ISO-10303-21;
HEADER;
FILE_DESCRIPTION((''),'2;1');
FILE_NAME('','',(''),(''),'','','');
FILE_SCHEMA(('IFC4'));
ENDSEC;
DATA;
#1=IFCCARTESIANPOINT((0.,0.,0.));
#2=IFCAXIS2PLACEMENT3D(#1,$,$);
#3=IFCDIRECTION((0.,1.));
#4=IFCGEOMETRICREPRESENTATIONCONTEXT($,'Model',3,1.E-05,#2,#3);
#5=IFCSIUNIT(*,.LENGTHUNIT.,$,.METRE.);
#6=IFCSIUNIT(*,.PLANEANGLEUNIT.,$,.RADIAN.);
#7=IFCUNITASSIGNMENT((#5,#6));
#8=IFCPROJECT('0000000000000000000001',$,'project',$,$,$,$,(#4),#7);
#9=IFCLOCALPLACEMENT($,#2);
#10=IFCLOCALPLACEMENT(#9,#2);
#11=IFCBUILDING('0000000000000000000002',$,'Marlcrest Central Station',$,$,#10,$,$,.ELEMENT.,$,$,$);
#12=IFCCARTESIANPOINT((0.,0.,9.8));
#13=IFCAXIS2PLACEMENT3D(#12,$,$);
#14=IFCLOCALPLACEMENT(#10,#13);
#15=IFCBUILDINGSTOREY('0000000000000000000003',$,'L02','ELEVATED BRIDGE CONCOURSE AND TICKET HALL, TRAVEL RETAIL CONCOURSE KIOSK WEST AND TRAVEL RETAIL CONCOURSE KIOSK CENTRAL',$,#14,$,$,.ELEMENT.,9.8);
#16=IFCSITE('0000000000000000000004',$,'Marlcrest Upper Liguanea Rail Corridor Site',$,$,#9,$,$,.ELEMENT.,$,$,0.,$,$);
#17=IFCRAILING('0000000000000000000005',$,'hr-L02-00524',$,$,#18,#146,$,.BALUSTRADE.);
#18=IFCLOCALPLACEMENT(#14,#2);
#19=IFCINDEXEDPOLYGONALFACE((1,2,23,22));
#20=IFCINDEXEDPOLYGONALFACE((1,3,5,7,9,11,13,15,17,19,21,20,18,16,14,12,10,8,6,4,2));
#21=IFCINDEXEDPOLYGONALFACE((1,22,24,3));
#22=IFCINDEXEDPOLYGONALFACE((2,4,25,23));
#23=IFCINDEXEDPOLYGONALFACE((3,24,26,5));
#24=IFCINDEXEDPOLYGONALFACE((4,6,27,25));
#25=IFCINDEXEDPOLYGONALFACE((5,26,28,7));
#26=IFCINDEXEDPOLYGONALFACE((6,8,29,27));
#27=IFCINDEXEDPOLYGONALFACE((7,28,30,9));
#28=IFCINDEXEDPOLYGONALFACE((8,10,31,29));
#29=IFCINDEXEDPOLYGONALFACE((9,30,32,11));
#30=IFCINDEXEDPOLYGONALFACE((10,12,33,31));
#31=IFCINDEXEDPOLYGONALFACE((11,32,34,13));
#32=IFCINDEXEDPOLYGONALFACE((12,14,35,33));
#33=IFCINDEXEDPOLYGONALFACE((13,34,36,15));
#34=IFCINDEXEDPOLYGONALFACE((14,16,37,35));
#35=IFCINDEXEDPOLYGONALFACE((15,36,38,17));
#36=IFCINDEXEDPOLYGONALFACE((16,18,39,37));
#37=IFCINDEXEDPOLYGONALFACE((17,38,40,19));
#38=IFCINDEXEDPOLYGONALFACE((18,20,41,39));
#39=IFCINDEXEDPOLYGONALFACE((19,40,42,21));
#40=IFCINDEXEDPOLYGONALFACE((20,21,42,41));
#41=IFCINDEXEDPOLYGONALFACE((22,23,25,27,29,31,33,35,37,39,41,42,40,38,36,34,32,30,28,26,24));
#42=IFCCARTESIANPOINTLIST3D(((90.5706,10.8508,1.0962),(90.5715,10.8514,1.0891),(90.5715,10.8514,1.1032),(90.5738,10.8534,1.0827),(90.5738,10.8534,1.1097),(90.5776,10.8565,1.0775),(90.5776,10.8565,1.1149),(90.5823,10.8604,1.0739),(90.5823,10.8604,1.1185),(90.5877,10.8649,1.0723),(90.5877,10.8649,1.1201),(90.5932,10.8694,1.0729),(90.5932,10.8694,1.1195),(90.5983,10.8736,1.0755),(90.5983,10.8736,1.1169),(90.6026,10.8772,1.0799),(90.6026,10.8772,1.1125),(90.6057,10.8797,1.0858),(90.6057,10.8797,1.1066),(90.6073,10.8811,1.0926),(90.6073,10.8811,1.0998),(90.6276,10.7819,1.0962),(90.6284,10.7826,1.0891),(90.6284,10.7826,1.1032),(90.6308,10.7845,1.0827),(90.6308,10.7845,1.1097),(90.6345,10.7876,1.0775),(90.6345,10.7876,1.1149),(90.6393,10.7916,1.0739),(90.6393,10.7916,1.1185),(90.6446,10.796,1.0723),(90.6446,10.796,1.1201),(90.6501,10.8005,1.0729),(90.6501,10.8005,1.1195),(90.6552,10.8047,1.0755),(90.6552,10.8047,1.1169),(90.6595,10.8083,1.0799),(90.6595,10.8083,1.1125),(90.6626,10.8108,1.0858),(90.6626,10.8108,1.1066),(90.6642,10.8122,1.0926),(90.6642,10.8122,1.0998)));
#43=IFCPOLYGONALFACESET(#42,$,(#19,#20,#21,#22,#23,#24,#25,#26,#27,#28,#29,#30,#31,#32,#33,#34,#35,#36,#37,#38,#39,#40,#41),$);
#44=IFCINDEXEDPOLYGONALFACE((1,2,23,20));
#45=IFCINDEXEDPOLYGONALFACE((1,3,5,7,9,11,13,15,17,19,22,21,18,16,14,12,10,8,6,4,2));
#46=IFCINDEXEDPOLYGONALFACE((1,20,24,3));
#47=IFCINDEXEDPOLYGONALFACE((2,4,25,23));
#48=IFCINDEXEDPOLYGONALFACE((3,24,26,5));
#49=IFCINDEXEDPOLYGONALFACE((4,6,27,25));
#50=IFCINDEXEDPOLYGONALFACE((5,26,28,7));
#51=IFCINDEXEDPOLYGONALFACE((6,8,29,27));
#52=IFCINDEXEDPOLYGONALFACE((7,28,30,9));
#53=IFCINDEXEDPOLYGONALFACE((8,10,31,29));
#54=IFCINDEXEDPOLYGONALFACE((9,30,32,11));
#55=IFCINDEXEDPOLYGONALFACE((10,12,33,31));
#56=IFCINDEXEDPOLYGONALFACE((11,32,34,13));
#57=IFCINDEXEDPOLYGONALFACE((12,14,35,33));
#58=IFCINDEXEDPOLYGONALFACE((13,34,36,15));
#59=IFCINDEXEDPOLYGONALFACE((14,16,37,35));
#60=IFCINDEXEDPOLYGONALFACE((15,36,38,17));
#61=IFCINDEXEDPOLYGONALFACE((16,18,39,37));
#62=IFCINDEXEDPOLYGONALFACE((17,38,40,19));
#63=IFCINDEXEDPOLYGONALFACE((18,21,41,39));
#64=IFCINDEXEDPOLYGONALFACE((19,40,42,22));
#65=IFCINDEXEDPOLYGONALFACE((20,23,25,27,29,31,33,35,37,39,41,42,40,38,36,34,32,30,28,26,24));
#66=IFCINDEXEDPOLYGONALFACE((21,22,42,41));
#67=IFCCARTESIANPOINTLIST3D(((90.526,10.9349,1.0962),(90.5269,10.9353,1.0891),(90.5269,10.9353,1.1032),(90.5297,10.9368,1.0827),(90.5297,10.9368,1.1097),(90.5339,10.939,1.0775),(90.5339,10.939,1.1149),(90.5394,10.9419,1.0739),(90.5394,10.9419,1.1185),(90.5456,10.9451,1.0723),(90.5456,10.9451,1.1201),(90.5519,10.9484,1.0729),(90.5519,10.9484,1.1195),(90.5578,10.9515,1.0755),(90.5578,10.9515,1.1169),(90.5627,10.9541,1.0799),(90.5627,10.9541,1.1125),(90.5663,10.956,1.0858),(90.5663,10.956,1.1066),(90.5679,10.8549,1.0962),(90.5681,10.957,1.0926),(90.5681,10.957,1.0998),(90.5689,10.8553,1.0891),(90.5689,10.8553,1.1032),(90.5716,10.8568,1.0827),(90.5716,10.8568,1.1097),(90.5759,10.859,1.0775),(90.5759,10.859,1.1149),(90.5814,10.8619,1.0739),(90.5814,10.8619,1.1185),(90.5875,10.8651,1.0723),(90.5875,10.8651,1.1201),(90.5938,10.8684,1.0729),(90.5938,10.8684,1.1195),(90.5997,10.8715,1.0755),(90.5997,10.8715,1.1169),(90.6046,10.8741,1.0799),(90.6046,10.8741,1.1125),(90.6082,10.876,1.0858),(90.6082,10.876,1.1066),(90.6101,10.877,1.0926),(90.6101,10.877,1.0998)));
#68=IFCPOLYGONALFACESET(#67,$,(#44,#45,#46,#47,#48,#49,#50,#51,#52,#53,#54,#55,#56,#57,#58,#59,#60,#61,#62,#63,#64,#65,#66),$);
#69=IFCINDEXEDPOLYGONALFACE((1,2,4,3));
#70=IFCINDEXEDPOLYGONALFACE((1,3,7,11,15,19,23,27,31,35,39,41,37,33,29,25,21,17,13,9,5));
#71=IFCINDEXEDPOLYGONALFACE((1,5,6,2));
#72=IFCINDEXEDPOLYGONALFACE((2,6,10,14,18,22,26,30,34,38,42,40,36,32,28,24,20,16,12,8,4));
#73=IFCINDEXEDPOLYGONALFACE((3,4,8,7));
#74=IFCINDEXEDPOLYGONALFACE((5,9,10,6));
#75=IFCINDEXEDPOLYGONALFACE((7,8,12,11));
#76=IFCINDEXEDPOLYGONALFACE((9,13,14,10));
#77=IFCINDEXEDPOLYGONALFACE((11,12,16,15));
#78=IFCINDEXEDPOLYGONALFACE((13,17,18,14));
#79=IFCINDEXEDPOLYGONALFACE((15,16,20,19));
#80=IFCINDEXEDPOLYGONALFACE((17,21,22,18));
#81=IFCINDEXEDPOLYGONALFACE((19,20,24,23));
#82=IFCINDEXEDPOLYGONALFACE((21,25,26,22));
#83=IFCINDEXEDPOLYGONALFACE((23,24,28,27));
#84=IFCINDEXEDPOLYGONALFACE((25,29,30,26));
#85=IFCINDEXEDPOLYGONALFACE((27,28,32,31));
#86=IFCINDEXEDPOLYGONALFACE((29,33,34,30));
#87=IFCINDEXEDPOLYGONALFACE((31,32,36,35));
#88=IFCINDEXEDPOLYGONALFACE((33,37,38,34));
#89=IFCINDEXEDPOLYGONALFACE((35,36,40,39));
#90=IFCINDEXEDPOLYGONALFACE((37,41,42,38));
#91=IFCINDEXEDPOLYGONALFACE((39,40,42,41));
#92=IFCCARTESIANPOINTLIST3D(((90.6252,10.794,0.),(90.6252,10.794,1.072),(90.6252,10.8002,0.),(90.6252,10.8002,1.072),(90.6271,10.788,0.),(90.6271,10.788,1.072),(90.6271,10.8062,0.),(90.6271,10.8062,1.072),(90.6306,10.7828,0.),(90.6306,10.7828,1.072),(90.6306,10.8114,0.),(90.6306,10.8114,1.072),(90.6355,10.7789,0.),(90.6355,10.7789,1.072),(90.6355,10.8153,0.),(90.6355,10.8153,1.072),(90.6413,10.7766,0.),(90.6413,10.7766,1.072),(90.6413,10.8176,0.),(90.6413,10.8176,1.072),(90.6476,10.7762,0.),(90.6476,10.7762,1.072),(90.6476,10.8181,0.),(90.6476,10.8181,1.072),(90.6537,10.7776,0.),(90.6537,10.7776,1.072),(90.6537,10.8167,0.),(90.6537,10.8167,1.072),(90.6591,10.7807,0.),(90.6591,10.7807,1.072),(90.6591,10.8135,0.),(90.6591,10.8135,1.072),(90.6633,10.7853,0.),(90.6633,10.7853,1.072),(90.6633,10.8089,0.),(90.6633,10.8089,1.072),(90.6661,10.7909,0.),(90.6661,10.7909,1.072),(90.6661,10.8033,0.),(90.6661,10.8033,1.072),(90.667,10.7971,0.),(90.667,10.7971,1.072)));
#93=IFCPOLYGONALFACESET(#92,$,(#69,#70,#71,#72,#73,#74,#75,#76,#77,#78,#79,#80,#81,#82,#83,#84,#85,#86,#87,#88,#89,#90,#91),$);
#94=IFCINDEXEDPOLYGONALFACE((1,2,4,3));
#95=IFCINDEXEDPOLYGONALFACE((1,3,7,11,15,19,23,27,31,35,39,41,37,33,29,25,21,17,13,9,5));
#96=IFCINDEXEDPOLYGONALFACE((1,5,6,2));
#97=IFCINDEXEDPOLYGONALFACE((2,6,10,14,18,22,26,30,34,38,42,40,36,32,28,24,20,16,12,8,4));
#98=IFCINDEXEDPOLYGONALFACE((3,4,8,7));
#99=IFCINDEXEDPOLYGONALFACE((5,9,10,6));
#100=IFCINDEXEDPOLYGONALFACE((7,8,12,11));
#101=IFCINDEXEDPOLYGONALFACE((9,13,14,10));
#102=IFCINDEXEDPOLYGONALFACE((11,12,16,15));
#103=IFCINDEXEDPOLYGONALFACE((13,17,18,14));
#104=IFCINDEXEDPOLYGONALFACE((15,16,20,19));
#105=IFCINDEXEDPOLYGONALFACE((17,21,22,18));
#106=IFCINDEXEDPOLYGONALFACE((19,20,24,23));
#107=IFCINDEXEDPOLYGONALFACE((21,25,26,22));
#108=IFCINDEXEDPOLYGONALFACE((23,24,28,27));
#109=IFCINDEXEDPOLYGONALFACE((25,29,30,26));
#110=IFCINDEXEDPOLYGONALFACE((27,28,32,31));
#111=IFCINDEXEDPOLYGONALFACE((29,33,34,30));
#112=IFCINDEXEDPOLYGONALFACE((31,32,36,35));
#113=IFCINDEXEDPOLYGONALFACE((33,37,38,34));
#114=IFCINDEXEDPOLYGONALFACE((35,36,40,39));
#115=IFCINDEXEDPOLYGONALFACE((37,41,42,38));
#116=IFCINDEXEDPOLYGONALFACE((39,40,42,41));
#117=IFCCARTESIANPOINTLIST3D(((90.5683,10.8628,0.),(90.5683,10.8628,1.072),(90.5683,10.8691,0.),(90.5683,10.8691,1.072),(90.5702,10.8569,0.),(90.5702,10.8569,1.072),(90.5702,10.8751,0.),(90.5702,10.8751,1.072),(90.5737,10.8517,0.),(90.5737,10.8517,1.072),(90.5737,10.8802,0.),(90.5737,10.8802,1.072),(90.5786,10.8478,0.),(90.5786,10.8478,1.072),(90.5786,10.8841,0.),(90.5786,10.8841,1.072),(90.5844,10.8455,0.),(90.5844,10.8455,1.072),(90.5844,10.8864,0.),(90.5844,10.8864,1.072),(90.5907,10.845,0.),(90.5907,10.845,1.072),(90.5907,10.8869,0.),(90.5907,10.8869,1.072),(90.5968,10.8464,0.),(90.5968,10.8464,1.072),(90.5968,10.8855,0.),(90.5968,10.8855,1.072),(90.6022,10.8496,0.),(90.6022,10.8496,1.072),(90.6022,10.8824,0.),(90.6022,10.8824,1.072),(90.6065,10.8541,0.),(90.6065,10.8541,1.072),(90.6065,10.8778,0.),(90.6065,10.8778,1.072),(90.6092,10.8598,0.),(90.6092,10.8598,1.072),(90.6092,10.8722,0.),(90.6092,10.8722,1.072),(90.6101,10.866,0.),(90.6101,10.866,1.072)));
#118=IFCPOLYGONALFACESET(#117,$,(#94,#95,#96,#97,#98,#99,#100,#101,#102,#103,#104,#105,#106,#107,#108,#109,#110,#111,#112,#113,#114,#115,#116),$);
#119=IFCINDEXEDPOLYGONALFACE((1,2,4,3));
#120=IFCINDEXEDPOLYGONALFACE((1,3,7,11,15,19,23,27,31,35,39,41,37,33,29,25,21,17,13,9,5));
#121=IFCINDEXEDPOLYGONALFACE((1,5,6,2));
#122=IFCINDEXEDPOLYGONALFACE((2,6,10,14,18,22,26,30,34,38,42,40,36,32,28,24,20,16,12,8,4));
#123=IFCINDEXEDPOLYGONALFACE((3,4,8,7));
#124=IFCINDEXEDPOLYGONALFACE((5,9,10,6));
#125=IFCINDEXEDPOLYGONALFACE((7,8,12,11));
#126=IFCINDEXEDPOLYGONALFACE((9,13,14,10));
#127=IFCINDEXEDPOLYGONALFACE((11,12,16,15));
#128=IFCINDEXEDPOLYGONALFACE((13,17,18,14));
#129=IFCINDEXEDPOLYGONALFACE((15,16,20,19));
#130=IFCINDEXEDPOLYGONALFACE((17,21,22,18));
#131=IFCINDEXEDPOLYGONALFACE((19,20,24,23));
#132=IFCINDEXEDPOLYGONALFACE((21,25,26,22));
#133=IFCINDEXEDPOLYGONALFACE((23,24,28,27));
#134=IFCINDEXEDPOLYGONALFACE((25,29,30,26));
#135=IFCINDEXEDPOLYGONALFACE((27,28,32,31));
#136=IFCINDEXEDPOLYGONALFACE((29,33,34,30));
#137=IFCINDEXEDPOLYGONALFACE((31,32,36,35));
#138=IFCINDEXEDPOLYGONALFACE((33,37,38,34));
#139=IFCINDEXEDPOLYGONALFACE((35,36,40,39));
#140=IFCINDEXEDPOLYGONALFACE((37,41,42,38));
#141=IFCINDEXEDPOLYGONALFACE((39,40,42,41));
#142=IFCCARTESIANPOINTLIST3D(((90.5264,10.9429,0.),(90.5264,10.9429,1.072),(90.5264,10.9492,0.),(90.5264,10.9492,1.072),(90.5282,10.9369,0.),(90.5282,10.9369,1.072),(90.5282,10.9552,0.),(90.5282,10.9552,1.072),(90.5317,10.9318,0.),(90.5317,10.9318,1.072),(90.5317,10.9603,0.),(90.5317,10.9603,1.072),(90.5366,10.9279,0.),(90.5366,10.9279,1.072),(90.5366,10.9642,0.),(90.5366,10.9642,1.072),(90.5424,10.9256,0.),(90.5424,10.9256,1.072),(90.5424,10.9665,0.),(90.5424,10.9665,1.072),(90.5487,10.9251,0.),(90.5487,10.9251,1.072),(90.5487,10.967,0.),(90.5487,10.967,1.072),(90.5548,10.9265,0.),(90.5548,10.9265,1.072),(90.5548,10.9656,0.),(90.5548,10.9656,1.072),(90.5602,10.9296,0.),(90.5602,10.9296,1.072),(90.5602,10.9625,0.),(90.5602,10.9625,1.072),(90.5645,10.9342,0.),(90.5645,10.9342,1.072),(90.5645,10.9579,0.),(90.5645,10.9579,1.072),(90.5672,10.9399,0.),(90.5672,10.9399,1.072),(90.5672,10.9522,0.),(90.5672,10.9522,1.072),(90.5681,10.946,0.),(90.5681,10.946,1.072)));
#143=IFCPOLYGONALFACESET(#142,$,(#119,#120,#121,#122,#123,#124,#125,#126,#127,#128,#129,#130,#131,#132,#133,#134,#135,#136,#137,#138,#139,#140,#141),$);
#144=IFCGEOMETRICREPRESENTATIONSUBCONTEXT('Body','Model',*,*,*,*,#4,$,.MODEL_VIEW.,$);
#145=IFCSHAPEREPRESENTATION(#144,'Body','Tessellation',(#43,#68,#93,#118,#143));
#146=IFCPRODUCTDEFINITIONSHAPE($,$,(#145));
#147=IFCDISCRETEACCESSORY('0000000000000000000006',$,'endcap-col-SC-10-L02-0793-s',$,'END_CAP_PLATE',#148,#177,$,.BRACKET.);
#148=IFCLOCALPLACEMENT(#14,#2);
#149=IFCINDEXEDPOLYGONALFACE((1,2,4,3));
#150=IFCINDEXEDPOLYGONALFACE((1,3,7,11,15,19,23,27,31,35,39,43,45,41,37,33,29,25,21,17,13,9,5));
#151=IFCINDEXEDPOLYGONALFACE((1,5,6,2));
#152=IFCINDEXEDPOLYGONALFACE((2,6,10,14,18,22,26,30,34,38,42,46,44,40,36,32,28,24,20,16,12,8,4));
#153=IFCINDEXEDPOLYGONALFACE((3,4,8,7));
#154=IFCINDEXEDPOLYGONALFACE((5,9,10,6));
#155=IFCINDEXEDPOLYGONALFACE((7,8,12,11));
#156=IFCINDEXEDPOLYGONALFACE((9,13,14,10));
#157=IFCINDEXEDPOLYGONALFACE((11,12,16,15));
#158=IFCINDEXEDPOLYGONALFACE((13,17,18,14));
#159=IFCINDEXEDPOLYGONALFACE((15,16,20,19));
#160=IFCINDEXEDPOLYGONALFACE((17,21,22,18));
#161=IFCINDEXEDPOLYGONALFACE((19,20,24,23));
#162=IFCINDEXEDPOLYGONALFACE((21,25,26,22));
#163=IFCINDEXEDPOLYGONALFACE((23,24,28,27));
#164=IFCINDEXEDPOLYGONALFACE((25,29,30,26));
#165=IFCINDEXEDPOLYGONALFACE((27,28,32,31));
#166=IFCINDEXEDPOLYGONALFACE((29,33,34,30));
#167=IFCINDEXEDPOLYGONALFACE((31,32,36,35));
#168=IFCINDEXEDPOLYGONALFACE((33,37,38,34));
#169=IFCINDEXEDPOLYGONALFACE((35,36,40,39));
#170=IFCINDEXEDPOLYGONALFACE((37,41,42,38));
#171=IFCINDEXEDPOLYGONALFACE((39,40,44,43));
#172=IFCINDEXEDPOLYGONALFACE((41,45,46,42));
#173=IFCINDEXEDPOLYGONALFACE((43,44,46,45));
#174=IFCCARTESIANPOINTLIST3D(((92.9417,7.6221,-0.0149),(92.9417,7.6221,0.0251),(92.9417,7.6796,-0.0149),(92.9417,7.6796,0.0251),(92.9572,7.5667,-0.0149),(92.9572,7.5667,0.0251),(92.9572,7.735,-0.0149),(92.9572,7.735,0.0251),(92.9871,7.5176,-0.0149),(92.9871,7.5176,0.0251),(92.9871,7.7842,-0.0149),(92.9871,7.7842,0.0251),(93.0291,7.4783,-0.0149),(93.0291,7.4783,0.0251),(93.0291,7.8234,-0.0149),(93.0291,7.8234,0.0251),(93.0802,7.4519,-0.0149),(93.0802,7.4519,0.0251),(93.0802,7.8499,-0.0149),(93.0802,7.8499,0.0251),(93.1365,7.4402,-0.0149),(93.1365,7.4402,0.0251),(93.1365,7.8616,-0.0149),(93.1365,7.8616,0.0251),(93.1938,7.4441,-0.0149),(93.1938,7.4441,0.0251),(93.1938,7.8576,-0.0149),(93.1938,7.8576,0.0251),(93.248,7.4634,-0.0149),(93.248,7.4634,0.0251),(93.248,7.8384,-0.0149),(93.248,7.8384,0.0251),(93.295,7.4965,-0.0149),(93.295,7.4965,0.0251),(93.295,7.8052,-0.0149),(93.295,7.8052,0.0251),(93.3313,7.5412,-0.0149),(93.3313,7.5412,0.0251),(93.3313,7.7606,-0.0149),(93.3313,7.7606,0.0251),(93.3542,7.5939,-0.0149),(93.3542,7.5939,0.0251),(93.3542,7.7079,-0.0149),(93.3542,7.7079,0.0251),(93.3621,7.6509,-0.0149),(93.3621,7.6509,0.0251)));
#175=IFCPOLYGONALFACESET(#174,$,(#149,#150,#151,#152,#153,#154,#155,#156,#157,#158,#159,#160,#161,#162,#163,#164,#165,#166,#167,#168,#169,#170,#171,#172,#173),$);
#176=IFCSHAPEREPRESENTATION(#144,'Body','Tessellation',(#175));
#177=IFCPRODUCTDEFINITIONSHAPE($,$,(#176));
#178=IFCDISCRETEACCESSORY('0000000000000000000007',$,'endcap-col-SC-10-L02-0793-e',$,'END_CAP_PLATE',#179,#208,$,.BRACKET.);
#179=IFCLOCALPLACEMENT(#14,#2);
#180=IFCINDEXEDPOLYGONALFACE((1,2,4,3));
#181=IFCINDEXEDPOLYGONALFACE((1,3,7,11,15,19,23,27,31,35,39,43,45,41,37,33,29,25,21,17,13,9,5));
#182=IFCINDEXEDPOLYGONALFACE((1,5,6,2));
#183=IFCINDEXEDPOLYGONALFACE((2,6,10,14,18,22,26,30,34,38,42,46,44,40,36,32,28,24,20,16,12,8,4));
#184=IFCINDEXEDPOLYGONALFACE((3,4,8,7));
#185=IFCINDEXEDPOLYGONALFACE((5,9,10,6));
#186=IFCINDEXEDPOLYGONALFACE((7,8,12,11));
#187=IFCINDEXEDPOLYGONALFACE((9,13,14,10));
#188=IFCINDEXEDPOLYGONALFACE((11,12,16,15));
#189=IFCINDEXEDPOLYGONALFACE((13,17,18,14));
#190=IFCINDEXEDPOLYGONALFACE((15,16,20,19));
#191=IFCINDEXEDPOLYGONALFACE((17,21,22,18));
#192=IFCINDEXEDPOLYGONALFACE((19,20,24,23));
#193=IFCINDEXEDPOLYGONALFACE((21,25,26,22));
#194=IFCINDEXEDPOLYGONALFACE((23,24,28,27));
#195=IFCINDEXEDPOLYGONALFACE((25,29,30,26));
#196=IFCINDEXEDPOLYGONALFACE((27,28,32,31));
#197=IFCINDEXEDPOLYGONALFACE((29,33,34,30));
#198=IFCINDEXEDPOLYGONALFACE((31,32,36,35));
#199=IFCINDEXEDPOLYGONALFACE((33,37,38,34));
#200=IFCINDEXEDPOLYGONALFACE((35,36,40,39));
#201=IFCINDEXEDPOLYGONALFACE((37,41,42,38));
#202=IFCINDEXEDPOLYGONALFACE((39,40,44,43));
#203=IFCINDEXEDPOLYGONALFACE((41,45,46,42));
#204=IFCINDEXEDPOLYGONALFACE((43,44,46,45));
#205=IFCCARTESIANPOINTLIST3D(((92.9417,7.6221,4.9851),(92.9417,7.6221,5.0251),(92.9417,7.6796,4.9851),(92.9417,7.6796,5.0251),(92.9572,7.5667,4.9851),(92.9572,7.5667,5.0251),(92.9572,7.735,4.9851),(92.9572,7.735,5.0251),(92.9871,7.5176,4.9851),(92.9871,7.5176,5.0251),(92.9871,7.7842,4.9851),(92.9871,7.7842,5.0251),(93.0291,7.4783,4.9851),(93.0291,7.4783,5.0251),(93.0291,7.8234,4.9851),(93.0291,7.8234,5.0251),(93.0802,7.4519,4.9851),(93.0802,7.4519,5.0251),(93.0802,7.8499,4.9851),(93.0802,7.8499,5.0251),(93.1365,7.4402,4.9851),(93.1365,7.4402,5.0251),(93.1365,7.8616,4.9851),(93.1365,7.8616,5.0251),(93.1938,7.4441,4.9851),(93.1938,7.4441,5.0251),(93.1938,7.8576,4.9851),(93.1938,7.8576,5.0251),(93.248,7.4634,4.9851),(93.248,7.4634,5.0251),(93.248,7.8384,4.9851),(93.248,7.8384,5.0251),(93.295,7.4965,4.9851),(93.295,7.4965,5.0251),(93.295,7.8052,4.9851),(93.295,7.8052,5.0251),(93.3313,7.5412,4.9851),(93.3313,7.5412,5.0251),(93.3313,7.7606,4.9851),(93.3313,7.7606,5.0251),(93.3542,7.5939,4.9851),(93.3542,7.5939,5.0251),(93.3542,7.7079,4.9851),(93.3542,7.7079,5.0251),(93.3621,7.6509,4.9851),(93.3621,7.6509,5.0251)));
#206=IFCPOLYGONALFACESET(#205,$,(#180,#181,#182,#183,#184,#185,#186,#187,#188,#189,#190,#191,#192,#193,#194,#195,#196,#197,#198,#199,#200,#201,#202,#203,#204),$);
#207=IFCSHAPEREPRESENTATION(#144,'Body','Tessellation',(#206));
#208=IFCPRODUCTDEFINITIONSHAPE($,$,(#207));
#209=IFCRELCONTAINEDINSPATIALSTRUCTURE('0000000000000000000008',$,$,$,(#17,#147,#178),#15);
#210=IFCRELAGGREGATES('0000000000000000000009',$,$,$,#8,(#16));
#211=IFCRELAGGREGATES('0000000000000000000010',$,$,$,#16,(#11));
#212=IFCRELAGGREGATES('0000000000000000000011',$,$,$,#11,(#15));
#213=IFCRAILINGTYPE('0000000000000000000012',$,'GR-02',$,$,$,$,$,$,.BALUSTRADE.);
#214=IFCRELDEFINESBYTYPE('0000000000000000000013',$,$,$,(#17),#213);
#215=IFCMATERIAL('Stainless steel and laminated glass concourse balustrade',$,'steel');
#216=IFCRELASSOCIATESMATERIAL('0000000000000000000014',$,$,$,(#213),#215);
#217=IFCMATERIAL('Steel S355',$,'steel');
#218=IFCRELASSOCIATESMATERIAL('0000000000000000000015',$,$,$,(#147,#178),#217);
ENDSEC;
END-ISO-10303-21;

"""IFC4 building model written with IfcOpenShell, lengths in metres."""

from ifc_helpers import new_model, si_unit, direction, frame, origin, origin_2d, place, context, subcontext, project, spatial, circle, extrude, material, type_object, element, save


model = new_model("IFC4")

# Units and contexts
model_context = context("Model", 3, precision=1e-05, world=origin(), true_north=direction((0.0, 1.0)))
body_context = subcontext(model_context, "Body", "Model", "MODEL_VIEW")
ifc_project = project(units=[si_unit("LENGTHUNIT", "METRE"), si_unit("PLANEANGLEUNIT", "RADIAN")], contexts=[model_context])

# Site, building, storey
site_placement = place(None, origin())
site = spatial("IfcSite", under=ifc_project, at=site_placement, Name="Marlcrest Upper Liguanea Rail Corridor Site", CompositionType="ELEMENT", RefElevation=0.0)
building_placement = place(site_placement, origin())
building = spatial("IfcBuilding", under=site, at=building_placement, Name="Marlcrest Central Station", CompositionType="ELEMENT")
storey_placement = place(building_placement, frame((0.0, 0.0, 9.8)))
storey = spatial("IfcBuildingStorey", under=building, at=storey_placement, Name="L02", Description="ELEVATED BRIDGE CONCOURSE AND TICKET HALL, TRAVEL RETAIL CONCOURSE KIOSK WEST AND TRAVEL RETAIL CONCOURSE KIOSK CENTRAL", CompositionType="ELEMENT", Elevation=9.8)

# Shared definitions
ifc_material_1 = material(Name="Steel S355", Category="steel")

# Railing
ifc_material_2 = material(Name="Stainless steel and laminated glass concourse balustrade", Category="steel")
railing_type = type_object("IfcRailingType", Name="GR-02", PredefinedType="BALUSTRADE", material=ifc_material_2)
railing_1_placement = place(storey_placement, frame((90.646, 10.7971, 0.0)))
element("IfcRailing", 1, at=railing_1_placement, inside=storey, type_object=railing_type, Name="hr-L02-00524", PredefinedType="BALUSTRADE", context=body_context, shape_type="SweptSolid", body=[
    extrude(circle(Radius=0.0239, at=origin_2d()), frame((0.0, 0.0, 1.0962), z_axis=(-0.636952, 0.770903, 0.0), x_axis=(-0.770903, -0.636952, 0.0)), (0.0, 0.0, 1.0), 0.0894),
    extrude(circle(Radius=0.0239, at=origin_2d()), frame((-0.0569, 0.0688, 1.0962), z_axis=(-0.464411, 0.88562, 0.0), x_axis=(-0.88562, -0.464411, 0.0)), (0.0, 0.0, 1.0), 0.0903),
    extrude(circle(Radius=0.021, at=origin_2d()), origin(), (0.0, 0.0, 1.0), 1.072),
    extrude(circle(Radius=0.021, at=origin_2d()), frame((-0.0569, 0.0688, 0.0)), (0.0, 0.0, 1.0), 1.072),
    extrude(circle(Radius=0.021, at=origin_2d()), frame((-0.0989, 0.1489, 0.0)), (0.0, 0.0, 1.0), 1.072),
])

# Discrete accessories
for number, where, z_axis, x_axis, name in (
    (2, (93.1509, 7.6509, -0.0149), (0.0, 0.0, 1.0), (1.0, 0.0, 0.0), "endcap-col-SC-10-L02-0793-s"),
    (3, (93.1509, 7.6509, 4.9851), (0.0, 0.0, 1.0), (1.0, 0.0, 0.0), "endcap-col-SC-10-L02-0793-e"),
):
    element("IfcDiscreteAccessory", number, at=place(storey_placement, frame(where, z_axis=z_axis, x_axis=x_axis)), inside=storey, material=ifc_material_1, Name=name, ObjectType="END_CAP_PLATE", PredefinedType="BRACKET", context=body_context, shape_type="SweptSolid", body=[
        extrude(circle(Radius=0.2112, at=origin_2d()), origin(), (0.0, 0.0, 1.0), 0.04),
    ])

save(model, "model.ifc")
